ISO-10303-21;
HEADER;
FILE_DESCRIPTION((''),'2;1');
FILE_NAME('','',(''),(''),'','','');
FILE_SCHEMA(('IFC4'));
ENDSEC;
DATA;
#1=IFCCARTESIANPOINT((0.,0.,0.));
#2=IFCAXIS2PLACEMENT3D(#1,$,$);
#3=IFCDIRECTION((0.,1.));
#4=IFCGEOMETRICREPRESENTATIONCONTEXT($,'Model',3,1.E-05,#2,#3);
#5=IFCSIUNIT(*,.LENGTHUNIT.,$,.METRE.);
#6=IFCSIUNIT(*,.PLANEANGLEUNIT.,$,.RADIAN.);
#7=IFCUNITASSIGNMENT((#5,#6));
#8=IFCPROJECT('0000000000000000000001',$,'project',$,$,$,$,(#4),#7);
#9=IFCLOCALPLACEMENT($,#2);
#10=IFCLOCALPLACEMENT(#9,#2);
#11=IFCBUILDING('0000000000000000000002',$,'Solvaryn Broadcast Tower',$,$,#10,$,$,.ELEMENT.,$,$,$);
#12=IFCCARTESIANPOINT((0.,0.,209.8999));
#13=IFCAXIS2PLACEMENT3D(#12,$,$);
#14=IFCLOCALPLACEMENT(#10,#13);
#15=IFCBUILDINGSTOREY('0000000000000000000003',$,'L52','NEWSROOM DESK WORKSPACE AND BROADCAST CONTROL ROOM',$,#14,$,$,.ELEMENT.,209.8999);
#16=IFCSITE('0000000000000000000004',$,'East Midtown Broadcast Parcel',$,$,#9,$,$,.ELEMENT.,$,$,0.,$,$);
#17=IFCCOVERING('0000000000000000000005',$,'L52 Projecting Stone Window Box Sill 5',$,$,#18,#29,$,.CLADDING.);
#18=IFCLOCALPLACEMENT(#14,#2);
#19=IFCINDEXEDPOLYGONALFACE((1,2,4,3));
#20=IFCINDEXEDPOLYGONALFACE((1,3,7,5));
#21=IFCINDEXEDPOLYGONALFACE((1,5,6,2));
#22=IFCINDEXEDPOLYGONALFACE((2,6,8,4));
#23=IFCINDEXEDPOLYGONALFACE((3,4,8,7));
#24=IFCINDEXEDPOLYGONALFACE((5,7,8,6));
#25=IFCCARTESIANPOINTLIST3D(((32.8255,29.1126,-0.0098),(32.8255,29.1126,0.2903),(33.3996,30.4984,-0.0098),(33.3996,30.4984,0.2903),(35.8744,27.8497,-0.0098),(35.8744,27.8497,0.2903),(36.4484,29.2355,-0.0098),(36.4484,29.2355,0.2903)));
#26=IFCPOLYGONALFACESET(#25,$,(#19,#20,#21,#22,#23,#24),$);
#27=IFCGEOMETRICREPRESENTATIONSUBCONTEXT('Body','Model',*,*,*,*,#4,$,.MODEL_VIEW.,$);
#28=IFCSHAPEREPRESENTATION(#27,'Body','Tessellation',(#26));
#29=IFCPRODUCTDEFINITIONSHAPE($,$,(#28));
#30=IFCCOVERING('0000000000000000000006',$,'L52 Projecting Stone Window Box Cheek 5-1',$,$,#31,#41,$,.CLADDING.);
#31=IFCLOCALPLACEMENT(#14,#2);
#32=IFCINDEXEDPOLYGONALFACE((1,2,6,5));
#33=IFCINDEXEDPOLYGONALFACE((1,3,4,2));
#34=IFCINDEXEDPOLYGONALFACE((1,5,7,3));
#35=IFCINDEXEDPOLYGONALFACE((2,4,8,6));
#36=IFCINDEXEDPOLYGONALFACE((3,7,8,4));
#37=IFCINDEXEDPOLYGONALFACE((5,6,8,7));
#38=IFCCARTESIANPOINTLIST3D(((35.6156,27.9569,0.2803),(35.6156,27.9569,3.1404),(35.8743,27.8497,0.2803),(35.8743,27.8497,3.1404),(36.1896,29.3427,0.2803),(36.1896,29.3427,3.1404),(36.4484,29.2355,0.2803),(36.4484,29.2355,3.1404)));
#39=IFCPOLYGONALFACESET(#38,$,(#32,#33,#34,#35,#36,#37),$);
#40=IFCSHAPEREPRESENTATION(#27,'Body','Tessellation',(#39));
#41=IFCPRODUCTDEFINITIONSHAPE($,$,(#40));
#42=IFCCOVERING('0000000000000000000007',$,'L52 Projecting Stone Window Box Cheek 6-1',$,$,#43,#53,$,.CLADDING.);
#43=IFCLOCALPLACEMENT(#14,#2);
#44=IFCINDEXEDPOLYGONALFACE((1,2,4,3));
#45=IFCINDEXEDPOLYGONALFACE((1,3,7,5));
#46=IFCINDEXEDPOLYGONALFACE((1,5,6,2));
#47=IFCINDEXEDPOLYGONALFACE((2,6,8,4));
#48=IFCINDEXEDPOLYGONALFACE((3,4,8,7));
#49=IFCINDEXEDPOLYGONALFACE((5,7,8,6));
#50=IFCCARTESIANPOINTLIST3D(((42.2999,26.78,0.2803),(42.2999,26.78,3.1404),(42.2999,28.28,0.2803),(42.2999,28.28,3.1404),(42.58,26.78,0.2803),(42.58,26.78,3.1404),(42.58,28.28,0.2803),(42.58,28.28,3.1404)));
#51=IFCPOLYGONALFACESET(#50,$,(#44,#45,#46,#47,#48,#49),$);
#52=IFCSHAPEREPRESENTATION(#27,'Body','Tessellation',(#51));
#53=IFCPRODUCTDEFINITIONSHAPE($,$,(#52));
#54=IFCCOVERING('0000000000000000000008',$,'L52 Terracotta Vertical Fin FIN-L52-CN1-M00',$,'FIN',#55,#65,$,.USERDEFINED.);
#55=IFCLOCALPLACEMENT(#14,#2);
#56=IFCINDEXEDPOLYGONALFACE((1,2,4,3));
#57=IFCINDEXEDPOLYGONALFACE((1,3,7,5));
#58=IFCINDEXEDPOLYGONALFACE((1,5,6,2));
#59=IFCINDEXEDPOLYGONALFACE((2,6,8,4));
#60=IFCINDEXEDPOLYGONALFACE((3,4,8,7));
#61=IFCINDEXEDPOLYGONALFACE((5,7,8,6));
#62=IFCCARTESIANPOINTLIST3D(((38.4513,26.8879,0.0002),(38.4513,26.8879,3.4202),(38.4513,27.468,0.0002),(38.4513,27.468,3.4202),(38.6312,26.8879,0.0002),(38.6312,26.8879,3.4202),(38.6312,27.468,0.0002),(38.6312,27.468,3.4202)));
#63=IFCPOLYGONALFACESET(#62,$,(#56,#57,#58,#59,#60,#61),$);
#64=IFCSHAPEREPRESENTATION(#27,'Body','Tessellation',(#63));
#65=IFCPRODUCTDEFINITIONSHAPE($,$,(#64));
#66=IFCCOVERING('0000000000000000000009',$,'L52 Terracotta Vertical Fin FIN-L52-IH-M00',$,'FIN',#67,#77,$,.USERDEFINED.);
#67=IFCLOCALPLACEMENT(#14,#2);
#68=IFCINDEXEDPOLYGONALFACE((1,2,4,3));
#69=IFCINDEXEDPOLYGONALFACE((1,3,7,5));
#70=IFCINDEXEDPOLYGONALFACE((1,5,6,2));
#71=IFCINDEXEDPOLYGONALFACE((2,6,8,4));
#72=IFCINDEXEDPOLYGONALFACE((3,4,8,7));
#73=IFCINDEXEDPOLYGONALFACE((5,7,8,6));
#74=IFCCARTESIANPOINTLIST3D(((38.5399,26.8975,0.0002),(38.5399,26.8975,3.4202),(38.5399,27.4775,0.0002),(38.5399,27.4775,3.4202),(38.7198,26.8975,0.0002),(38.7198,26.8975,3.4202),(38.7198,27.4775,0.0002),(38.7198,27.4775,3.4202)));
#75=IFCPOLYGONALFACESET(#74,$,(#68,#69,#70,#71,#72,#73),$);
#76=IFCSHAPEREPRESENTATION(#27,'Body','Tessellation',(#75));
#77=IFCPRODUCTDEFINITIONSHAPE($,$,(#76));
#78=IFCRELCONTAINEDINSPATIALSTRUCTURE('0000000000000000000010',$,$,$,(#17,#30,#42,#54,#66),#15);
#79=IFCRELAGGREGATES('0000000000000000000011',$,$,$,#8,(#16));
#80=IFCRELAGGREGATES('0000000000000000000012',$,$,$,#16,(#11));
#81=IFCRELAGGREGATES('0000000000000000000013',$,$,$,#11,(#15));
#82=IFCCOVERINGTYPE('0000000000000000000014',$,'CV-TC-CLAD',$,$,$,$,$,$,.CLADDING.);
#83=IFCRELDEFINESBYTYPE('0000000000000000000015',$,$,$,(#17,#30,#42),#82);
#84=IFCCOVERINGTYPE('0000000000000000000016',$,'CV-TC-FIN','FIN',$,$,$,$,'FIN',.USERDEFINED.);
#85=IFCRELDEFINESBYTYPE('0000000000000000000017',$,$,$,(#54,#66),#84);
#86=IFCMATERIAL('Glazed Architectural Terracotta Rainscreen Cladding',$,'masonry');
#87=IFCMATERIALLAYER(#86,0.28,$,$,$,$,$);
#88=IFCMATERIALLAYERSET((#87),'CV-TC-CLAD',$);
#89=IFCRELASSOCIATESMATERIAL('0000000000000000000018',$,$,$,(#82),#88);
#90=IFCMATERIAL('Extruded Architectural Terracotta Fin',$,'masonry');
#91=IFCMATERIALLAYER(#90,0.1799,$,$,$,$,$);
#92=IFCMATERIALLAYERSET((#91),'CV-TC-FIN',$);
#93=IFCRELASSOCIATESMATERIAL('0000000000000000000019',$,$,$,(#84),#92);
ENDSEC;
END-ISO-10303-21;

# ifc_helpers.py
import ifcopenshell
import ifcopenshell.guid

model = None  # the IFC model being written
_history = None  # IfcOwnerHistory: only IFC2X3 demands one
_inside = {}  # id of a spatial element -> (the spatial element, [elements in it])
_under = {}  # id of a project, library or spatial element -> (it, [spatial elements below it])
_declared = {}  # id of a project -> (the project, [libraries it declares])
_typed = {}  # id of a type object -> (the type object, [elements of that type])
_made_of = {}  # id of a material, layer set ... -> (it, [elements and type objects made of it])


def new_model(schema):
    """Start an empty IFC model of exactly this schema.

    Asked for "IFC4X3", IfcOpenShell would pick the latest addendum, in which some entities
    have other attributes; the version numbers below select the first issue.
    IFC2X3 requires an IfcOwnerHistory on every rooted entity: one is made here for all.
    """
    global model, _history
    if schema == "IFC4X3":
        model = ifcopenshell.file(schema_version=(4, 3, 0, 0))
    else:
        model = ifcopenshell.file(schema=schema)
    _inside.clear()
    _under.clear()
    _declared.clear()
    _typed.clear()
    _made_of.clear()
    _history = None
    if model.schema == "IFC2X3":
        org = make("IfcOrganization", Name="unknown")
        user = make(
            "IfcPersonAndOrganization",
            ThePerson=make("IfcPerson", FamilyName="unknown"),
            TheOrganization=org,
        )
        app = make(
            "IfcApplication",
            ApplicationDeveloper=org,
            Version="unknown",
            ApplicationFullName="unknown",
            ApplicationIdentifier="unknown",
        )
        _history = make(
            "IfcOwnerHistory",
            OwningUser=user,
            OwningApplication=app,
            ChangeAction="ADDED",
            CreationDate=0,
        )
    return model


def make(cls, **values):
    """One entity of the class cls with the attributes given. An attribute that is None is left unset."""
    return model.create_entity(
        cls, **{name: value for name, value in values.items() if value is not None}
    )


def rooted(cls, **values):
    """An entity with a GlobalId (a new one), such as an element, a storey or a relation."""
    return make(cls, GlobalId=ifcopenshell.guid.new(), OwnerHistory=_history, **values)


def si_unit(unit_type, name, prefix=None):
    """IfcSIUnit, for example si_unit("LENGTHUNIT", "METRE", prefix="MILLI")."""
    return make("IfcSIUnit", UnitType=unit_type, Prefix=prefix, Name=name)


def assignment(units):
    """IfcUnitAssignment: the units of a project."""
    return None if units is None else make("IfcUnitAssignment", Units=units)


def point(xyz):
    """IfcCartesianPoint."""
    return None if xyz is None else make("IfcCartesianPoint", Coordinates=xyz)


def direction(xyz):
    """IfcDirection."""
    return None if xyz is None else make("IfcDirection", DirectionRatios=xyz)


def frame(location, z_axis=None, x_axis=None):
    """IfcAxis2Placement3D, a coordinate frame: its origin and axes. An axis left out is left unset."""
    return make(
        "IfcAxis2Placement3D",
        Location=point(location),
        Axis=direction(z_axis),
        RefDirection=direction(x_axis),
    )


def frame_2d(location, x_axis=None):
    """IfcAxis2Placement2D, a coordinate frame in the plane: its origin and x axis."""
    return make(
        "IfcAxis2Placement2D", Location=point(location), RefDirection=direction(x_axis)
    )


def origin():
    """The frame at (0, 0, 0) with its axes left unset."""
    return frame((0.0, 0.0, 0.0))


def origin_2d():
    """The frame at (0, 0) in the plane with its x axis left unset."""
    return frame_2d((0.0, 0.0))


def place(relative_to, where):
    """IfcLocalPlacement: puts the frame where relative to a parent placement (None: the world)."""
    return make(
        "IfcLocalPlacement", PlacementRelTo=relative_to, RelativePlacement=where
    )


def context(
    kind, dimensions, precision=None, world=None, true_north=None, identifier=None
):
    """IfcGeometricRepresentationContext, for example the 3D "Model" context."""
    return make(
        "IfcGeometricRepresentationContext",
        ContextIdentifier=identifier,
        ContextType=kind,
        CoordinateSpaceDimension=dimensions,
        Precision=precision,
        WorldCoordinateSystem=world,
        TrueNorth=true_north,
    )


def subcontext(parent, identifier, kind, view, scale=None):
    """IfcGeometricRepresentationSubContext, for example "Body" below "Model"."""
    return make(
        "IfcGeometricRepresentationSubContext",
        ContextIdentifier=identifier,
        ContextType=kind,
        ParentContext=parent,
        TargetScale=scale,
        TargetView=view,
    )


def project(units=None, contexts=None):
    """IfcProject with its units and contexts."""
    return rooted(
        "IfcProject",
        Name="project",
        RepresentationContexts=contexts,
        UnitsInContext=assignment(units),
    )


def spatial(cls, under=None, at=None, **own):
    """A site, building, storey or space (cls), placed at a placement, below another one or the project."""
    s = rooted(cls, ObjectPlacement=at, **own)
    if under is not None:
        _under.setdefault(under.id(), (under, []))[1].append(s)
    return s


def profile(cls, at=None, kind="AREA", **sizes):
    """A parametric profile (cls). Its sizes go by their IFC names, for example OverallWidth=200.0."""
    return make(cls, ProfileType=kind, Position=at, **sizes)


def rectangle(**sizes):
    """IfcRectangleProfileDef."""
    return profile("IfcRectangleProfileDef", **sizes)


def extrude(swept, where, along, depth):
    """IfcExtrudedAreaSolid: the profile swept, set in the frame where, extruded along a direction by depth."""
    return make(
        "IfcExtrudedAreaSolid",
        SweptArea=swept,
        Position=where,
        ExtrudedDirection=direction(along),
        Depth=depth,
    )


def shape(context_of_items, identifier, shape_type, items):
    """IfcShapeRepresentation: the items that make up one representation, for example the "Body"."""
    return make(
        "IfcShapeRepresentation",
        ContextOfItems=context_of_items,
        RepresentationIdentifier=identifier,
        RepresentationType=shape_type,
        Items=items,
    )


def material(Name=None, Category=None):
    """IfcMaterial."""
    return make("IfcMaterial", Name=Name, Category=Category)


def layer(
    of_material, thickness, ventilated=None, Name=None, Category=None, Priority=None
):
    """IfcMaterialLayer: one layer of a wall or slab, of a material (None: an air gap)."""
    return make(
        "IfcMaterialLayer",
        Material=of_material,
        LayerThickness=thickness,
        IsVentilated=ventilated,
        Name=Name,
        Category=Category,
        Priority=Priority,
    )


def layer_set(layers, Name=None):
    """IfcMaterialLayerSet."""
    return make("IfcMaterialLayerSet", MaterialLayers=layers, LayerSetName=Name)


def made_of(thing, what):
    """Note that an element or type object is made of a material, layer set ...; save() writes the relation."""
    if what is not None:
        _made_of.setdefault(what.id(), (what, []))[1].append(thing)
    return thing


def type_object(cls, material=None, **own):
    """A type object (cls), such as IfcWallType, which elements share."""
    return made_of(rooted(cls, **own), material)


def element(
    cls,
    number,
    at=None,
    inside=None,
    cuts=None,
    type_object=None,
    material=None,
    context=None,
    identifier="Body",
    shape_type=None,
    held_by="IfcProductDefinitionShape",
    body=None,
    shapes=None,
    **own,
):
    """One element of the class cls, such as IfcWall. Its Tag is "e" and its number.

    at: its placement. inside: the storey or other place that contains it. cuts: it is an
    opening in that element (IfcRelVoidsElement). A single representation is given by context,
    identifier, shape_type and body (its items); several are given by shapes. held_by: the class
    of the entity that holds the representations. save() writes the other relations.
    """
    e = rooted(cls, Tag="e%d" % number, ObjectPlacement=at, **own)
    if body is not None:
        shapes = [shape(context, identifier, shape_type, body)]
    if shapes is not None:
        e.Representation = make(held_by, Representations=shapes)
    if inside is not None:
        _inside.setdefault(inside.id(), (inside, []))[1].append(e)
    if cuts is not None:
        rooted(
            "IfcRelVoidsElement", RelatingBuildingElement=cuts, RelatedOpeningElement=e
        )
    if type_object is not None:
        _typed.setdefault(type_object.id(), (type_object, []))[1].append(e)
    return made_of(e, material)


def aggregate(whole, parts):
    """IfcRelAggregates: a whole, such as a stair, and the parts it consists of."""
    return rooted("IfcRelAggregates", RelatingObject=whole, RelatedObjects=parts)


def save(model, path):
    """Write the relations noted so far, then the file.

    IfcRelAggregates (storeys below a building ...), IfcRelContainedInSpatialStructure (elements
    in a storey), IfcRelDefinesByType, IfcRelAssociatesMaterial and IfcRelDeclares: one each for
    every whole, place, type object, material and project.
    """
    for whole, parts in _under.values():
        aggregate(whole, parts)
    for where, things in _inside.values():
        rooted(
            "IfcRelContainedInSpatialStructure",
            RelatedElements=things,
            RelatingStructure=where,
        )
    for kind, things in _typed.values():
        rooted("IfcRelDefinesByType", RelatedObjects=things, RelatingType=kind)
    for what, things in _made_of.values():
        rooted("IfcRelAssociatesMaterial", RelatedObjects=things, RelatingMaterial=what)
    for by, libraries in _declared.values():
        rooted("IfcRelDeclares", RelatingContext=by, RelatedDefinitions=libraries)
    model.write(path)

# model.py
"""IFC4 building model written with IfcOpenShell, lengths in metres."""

from ifc_helpers import new_model, si_unit, direction, frame, origin, origin_2d, place, context, subcontext, project, spatial, rectangle, extrude, material, layer, layer_set, type_object, element, save


model = new_model("IFC4")

# Units and contexts
model_context = context("Model", 3, precision=1e-05, world=origin(), true_north=direction((0.0, 1.0)))
body_context = subcontext(model_context, "Body", "Model", "MODEL_VIEW")
ifc_project = project(units=[si_unit("LENGTHUNIT", "METRE"), si_unit("PLANEANGLEUNIT", "RADIAN")], contexts=[model_context])

# Site, building, storey
site_placement = place(None, origin())
site = spatial("IfcSite", under=ifc_project, at=site_placement, Name="East Midtown Broadcast Parcel", CompositionType="ELEMENT", RefElevation=0.0)
building_placement = place(site_placement, origin())
building = spatial("IfcBuilding", under=site, at=building_placement, Name="Solvaryn Broadcast Tower", CompositionType="ELEMENT")
storey_placement = place(building_placement, frame((0.0, 0.0, 209.8999)))
storey = spatial("IfcBuildingStorey", under=building, at=storey_placement, Name="L52", Description="NEWSROOM DESK WORKSPACE AND BROADCAST CONTROL ROOM", CompositionType="ELEMENT", Elevation=209.8999)

# Coverings
ifc_material_1 = material(Name="Glazed Architectural Terracotta Rainscreen Cladding", Category="masonry")
ifc_layer_1 = layer(ifc_material_1, 0.28)
ifc_layer_set_1 = layer_set([ifc_layer_1], Name="CV-TC-CLAD")
covering_type_1 = type_object("IfcCoveringType", Name="CV-TC-CLAD", PredefinedType="CLADDING", material=ifc_layer_set_1)
for number, where, z_axis, x_axis, name in (
    (1, (34.637, 29.1741, -0.0098), (0.0, 0.0, 1.0), (-0.92388, 0.382683, 0.0), "L52 Projecting Stone Window Box Sill 5"),
):
    element("IfcCovering", number, at=place(storey_placement, frame(where, z_axis=z_axis, x_axis=x_axis)), inside=storey, type_object=covering_type_1, Name=name, PredefinedType="CLADDING", context=body_context, shape_type="SweptSolid", body=[
        extrude(rectangle(XDim=3.3, YDim=1.5, at=origin_2d()), origin(), (0.0, 0.0, 1.0), 0.3),
    ])
for number, where, z_axis, x_axis, name in (
    (2, (36.032, 28.5962, 0.2803), (0.0, 0.0, 1.0), (-0.92388, 0.382683, 0.0), "L52 Projecting Stone Window Box Cheek 5-1"),
    (3, (42.4399, 27.53, 0.2803), (0.0, 0.0, 1.0), (1.0, 0.0, 0.0), "L52 Projecting Stone Window Box Cheek 6-1"),
):
    element("IfcCovering", number, at=place(storey_placement, frame(where, z_axis=z_axis, x_axis=x_axis)), inside=storey, type_object=covering_type_1, Name=name, PredefinedType="CLADDING", context=body_context, shape_type="SweptSolid", body=[
        extrude(rectangle(XDim=0.28, YDim=1.5, at=origin_2d()), origin(), (0.0, 0.0, 1.0), 2.8601),
    ])
ifc_material_2 = material(Name="Extruded Architectural Terracotta Fin", Category="masonry")
ifc_layer_2 = layer(ifc_material_2, 0.1799)
ifc_layer_set_2 = layer_set([ifc_layer_2], Name="CV-TC-FIN")
covering_type_2 = type_object("IfcCoveringType", Name="CV-TC-FIN", Description="FIN", ElementType="FIN", PredefinedType="USERDEFINED", material=ifc_layer_set_2)
for number, where, z_axis, x_axis, name in (
    (4, (38.5413, 27.178, 0.0002), (0.0, 0.0, 1.0), (1.0, 0.0, 0.0), "L52 Terracotta Vertical Fin FIN-L52-CN1-M00"),
    (5, (38.6299, 27.1875, 0.0002), (0.0, 0.0, 1.0), (1.0, 0.0, 0.0), "L52 Terracotta Vertical Fin FIN-L52-IH-M00"),
):
    element("IfcCovering", number, at=place(storey_placement, frame(where, z_axis=z_axis, x_axis=x_axis)), inside=storey, type_object=covering_type_2, Name=name, ObjectType="FIN", PredefinedType="USERDEFINED", context=body_context, shape_type="SweptSolid", body=[
        extrude(rectangle(XDim=0.1799, YDim=0.5801, at=origin_2d()), origin(), (0.0, 0.0, 1.0), 3.4199),
    ])

save(model, "model.ifc")
